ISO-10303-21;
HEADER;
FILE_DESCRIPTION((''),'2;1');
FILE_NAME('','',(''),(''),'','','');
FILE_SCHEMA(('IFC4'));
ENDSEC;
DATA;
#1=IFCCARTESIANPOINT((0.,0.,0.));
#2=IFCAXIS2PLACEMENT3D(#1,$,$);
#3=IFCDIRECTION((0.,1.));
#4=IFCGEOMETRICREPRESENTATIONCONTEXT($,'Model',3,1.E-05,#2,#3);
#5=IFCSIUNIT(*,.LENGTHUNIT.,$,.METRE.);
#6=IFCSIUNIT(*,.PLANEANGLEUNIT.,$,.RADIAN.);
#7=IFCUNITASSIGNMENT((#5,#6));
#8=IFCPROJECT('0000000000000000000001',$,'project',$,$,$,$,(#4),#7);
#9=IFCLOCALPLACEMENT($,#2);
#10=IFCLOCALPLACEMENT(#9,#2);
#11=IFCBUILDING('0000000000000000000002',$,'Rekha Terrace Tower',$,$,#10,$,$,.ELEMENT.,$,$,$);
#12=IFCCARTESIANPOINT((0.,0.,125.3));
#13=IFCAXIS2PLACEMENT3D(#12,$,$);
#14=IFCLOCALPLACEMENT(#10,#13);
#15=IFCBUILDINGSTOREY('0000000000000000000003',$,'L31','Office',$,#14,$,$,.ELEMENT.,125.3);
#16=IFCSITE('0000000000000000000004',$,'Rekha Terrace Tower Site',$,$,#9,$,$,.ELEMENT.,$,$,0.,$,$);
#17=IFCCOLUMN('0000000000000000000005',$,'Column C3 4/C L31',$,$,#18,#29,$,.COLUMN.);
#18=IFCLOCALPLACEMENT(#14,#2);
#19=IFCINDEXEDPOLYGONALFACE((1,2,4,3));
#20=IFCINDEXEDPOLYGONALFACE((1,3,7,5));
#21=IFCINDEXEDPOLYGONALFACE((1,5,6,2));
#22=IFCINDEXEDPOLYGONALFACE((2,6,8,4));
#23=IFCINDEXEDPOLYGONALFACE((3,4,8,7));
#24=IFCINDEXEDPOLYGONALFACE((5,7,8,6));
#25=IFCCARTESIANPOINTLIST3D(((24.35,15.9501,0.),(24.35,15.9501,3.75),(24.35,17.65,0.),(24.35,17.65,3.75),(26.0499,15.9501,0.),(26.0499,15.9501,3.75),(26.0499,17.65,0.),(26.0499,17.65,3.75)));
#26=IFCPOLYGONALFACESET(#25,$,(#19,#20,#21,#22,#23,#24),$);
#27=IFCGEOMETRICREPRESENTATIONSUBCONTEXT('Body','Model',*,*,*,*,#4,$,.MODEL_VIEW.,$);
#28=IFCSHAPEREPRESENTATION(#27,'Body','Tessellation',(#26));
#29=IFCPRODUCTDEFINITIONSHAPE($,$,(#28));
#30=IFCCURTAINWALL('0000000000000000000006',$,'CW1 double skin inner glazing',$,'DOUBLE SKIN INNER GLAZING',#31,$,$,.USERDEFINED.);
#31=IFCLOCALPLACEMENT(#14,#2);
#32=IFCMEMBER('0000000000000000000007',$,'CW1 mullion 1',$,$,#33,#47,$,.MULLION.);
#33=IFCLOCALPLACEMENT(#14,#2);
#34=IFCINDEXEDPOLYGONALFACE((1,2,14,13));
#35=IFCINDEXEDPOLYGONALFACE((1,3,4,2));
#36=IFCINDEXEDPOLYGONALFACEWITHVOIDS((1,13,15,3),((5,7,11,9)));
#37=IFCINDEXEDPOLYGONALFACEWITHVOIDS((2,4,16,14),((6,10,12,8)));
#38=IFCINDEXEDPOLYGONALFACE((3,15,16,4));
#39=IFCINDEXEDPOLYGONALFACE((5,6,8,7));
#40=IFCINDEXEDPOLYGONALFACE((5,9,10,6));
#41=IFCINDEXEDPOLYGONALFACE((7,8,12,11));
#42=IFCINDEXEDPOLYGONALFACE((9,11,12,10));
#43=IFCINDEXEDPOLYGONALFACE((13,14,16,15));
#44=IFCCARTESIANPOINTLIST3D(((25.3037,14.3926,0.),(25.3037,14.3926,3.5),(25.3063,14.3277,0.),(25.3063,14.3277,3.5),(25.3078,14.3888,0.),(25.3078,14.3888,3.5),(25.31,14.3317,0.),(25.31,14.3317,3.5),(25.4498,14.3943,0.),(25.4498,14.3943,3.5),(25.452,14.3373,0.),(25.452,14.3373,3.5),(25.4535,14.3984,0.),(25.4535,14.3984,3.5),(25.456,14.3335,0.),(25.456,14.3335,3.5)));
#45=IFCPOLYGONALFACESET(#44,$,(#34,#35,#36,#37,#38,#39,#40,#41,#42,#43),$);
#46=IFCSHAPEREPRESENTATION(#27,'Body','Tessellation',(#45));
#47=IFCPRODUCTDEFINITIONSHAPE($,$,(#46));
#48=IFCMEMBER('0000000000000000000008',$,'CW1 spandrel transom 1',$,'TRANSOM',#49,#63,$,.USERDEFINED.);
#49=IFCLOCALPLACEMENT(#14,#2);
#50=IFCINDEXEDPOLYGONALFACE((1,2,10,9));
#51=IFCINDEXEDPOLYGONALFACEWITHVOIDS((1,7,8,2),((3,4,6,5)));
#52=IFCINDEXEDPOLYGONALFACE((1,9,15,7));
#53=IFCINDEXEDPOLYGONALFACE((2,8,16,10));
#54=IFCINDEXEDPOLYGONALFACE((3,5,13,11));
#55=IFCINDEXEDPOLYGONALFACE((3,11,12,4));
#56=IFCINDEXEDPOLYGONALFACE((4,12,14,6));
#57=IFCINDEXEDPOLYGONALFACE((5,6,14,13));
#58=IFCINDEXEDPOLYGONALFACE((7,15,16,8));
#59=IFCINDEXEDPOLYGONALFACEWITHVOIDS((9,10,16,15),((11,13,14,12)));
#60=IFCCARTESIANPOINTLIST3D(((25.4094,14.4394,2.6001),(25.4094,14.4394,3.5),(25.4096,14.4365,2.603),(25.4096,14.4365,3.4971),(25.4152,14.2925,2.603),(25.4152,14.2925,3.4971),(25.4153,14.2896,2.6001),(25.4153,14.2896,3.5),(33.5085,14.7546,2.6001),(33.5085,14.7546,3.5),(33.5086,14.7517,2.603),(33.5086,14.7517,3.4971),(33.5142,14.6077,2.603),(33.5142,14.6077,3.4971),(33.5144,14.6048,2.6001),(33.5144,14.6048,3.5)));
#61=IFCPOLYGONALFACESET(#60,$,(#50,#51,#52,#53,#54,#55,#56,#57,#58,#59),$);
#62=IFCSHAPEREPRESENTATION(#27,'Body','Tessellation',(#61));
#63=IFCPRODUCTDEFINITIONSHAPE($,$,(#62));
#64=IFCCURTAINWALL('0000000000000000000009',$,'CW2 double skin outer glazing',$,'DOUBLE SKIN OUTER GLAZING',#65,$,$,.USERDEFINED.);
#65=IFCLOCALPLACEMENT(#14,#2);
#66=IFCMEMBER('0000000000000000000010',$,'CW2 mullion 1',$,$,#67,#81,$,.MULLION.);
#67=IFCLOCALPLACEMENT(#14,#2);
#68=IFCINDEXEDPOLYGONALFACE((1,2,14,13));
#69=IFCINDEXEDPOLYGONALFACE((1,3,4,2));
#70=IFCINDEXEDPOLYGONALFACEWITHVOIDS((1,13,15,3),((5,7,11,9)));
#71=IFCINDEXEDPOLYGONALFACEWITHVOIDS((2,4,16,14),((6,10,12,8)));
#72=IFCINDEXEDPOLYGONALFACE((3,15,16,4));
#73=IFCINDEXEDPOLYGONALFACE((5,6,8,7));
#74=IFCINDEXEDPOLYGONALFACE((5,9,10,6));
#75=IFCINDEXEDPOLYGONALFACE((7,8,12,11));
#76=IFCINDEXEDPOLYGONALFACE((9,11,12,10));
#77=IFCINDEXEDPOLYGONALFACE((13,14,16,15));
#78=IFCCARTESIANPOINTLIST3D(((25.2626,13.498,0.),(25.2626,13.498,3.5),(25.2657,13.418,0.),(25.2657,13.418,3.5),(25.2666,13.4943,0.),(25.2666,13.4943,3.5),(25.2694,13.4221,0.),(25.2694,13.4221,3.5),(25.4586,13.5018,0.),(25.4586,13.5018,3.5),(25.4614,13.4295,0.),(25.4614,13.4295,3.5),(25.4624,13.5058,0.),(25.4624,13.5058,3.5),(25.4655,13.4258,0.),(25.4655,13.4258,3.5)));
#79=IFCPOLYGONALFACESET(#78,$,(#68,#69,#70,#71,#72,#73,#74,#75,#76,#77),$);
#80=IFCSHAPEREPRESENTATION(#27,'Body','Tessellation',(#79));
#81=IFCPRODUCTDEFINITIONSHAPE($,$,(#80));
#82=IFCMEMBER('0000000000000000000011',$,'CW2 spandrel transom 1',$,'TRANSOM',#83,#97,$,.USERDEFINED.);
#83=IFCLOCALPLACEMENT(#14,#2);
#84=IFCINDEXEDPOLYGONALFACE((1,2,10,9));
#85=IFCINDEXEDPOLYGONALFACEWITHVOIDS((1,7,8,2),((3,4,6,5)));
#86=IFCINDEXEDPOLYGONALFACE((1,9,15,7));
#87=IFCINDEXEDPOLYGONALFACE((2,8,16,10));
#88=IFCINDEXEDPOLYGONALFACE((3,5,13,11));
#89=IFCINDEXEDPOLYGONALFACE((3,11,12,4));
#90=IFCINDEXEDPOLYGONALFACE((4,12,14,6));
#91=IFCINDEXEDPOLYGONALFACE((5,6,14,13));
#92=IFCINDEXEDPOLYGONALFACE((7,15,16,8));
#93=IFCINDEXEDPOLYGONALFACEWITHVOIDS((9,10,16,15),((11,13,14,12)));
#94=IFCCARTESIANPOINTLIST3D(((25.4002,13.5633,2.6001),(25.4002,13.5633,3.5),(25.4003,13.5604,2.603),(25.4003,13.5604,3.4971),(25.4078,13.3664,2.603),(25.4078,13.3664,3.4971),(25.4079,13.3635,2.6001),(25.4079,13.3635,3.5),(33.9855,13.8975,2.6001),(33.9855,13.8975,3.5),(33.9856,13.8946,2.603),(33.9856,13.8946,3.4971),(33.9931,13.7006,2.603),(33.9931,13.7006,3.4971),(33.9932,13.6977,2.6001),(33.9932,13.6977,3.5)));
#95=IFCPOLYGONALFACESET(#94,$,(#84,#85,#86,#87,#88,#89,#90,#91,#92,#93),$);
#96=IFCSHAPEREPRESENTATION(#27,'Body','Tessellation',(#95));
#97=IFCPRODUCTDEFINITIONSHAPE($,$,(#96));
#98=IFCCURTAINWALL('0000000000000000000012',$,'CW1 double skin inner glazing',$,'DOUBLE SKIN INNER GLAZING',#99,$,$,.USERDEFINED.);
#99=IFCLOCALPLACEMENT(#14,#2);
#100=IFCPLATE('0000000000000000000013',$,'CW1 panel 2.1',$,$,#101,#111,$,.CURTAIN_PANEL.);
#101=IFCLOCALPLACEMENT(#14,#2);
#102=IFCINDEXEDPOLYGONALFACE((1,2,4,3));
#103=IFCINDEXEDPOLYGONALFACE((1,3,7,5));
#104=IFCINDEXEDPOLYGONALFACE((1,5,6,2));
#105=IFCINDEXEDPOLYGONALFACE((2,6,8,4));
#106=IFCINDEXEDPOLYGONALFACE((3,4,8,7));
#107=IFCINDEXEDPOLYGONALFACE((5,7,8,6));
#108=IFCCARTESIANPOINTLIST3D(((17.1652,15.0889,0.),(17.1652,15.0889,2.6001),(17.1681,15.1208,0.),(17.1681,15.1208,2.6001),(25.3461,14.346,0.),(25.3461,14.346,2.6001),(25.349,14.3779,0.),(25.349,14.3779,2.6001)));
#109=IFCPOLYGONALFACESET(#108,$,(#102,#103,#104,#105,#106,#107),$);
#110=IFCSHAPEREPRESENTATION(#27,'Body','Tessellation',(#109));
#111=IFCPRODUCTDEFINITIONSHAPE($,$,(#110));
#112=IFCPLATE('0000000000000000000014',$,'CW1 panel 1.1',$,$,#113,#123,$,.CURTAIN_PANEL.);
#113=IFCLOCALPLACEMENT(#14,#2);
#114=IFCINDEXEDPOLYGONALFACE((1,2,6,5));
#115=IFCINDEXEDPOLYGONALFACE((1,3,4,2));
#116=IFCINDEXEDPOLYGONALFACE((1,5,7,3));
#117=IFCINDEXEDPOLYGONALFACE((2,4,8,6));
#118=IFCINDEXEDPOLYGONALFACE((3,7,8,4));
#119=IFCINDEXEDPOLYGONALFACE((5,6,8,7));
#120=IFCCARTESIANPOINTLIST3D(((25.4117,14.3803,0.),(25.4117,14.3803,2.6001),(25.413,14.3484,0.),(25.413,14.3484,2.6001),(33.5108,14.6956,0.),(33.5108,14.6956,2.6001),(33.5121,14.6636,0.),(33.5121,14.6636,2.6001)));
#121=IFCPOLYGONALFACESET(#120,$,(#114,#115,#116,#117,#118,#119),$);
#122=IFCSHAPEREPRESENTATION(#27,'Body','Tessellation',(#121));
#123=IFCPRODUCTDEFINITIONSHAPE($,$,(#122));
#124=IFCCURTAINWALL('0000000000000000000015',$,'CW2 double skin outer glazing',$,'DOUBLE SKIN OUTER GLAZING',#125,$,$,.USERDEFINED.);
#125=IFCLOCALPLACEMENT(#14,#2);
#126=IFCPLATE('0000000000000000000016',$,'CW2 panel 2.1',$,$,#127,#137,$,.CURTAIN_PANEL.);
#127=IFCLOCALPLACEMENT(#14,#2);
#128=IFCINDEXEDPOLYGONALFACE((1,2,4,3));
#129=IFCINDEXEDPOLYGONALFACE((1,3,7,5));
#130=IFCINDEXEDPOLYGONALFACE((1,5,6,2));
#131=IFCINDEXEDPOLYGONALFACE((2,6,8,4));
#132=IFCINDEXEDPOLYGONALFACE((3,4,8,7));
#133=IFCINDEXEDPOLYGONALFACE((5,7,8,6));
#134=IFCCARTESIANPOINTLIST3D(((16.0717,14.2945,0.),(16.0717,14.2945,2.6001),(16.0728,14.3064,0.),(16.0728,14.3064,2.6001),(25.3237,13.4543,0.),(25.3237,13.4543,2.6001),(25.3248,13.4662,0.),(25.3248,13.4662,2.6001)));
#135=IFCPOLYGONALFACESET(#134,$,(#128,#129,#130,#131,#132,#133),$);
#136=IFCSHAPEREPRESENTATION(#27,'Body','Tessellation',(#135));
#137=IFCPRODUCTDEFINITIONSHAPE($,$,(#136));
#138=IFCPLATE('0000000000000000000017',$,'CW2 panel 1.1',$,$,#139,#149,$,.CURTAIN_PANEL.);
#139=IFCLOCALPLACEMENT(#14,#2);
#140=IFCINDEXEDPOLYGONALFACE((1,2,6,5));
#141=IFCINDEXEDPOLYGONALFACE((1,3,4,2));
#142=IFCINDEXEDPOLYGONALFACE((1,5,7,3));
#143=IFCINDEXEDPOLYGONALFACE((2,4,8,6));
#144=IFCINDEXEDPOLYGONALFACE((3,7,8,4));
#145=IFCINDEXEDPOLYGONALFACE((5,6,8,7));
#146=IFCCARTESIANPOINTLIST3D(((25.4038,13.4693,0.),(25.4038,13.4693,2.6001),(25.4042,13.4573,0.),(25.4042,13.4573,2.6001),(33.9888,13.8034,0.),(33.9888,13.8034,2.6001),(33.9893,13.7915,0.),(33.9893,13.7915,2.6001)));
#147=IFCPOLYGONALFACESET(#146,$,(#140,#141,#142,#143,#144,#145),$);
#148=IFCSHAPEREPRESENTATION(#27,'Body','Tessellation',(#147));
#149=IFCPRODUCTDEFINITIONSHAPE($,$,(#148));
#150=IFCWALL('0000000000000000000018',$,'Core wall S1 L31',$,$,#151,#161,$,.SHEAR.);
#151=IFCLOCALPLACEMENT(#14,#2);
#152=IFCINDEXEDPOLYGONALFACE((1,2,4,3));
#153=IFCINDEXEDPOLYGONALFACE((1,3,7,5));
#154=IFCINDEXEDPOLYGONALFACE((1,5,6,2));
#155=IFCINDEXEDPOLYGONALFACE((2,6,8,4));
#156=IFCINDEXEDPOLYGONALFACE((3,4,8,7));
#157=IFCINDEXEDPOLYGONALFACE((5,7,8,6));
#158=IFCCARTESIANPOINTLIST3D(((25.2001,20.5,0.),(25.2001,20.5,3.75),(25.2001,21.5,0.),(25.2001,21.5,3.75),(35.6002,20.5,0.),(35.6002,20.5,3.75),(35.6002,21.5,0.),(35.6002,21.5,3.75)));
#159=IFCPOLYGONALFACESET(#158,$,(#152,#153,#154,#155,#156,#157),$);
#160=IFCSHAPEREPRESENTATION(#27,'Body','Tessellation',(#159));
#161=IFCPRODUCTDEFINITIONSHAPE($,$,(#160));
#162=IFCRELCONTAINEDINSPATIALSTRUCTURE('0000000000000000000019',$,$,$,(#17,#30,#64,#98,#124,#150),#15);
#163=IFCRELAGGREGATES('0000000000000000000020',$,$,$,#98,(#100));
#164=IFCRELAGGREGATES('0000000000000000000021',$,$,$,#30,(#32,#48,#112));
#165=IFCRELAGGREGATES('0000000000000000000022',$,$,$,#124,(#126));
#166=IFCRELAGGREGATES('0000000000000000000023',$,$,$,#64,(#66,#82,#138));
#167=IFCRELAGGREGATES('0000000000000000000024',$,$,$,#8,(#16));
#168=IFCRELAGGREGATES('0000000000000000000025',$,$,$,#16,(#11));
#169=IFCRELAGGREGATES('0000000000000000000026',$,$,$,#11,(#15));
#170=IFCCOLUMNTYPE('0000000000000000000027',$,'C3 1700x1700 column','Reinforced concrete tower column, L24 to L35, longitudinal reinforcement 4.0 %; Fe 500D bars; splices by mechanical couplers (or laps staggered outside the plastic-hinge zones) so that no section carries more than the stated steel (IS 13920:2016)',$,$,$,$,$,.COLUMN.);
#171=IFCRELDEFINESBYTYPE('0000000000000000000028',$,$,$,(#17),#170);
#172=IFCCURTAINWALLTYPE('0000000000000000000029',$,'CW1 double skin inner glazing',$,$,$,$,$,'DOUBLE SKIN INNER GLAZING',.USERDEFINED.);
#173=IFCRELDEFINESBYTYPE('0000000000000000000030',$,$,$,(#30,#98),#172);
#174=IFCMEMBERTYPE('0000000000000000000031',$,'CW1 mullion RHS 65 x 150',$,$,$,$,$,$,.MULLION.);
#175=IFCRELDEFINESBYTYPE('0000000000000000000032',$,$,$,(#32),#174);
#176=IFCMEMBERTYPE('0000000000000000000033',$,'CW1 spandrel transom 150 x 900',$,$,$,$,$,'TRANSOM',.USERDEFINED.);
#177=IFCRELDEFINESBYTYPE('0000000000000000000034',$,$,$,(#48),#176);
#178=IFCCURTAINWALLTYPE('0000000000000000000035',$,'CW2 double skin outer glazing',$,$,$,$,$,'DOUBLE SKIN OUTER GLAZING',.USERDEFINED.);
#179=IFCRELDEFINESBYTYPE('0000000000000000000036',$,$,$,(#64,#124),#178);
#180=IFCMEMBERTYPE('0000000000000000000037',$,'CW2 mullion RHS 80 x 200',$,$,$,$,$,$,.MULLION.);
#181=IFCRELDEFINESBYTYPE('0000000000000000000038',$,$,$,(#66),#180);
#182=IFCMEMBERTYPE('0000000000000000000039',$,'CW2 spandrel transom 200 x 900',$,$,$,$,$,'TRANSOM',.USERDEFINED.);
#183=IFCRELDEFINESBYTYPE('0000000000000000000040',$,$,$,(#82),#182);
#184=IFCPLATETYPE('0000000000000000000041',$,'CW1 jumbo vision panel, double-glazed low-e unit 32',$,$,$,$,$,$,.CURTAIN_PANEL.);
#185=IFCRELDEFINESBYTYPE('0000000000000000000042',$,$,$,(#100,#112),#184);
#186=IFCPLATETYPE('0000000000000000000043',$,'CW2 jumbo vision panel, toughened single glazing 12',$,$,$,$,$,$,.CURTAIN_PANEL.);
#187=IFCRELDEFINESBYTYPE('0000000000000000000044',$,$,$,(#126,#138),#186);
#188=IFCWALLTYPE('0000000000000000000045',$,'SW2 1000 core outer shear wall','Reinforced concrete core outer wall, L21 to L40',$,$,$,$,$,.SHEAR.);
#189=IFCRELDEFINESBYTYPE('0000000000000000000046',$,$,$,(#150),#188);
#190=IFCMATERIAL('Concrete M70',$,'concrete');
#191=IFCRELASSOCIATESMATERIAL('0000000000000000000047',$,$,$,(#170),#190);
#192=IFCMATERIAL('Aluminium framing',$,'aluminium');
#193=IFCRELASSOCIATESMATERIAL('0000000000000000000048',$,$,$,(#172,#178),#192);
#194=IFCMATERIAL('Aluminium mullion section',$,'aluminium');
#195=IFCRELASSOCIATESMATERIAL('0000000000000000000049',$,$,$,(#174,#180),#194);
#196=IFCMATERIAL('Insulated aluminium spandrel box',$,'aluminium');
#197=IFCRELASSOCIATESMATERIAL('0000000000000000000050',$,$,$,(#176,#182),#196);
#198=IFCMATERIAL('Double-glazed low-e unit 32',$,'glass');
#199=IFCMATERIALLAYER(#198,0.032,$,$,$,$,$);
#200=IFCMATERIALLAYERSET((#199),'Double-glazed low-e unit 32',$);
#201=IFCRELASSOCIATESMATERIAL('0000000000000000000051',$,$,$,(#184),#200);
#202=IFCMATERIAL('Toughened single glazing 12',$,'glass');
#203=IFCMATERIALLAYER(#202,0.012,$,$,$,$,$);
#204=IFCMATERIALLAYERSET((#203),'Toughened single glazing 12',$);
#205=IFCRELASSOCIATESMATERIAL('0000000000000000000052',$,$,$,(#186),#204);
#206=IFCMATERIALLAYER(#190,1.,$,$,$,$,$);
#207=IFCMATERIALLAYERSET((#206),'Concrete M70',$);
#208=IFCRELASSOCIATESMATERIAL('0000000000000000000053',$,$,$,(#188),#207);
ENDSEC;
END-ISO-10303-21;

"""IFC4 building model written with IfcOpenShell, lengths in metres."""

from ifc_helpers import new_model, si_unit, direction, frame, frame_2d, origin, origin_2d, place, context, subcontext, project, spatial, rectangle, hollow_rectangle, extrude, material, layer, layer_set, material_profile, profile_set, type_object, element, aggregate, save


model = new_model("IFC4")

# Units and contexts
model_context = context("Model", 3, precision=1e-05, world=origin(), true_north=direction((0.0, 1.0)))
body_context = subcontext(model_context, "Body", "Model", "MODEL_VIEW")
ifc_project = project(units=[si_unit("LENGTHUNIT", "METRE"), si_unit("PLANEANGLEUNIT", "RADIAN")], contexts=[model_context])

# Site, building, storey
site_placement = place(None, origin())
site = spatial("IfcSite", under=ifc_project, at=site_placement, Name="Rekha Terrace Tower Site", CompositionType="ELEMENT", RefElevation=0.0)
building_placement = place(site_placement, origin())
building = spatial("IfcBuilding", under=site, at=building_placement, Name="Rekha Terrace Tower", CompositionType="ELEMENT")
storey_placement = place(building_placement, frame((0.0, 0.0, 125.3)))
storey = spatial("IfcBuildingStorey", under=building, at=storey_placement, Name="L31", Description="Office", CompositionType="ELEMENT", Elevation=125.3)

# Column
ifc_material_1 = material(Name="Concrete M70", Category="concrete")
ifc_material_profile_1 = material_profile(ifc_material_1, rectangle(XDim=1.7, YDim=1.7, at=origin_2d()), Name="RC 1700x1700")
ifc_profile_set_1 = profile_set([ifc_material_profile_1], Name="Concrete M70")
column_type = type_object("IfcColumnType", Name="C3 1700x1700 column", Description="Reinforced concrete tower column, L24 to L35, longitudinal reinforcement 4.0 %; Fe 500D bars; splices by mechanical couplers (or laps staggered outside the plastic-hinge zones) so that no section carries more than the stated steel (IS 13920:2016)", PredefinedType="COLUMN", material=ifc_profile_set_1)
column_placement = place(storey_placement, frame((25.2, 16.8, 0.0), z_axis=(0.0, 0.0, 1.0), x_axis=(1.0, 0.0, 0.0)))
element("IfcColumn", 1, at=column_placement, inside=storey, type_object=column_type, Name="Column C3 4/C L31", PredefinedType="COLUMN", context=body_context, shape_type="SweptSolid", body=[
    extrude(rectangle(XDim=1.7, YDim=1.7, at=origin_2d()), origin(), (0.0, 0.0, 1.0), 3.75),
])

# Curtain walls, members
ifc_material_2 = material(Name="Aluminium framing", Category="aluminium")
curtain_wall_type_1 = type_object("IfcCurtainWallType", Name="CW1 double skin inner glazing", ElementType="DOUBLE SKIN INNER GLAZING", PredefinedType="USERDEFINED", material=ifc_material_2)
curtain_wall_1_placement = place(storey_placement, origin())
curtain_wall_1 = element("IfcCurtainWall", 2, at=curtain_wall_1_placement, inside=storey, type_object=curtain_wall_type_1, Name="CW1 double skin inner glazing", ObjectType="DOUBLE SKIN INNER GLAZING", PredefinedType="USERDEFINED")
ifc_material_3 = material(Name="Aluminium mullion section", Category="aluminium")
ifc_material_profile_2 = material_profile(ifc_material_3, hollow_rectangle(XDim=0.0649, YDim=0.1499, WallThickness=0.0039, at=origin_2d()), Name="AL RHS 65x150")
ifc_profile_set_2 = profile_set([ifc_material_profile_2], Name="Aluminium mullion section")
member_type_1 = type_object("IfcMemberType", Name="CW1 mullion RHS 65 x 150", PredefinedType="MULLION", material=ifc_profile_set_2)
member_1_placement = place(storey_placement, frame((25.3799, 14.363, 0.0), z_axis=(0.0, 0.0, 1.0), x_axis=(-0.03889, 0.999243, 0.0)))
member_1 = element("IfcMember", 3, at=member_1_placement, type_object=member_type_1, Name="CW1 mullion 1", PredefinedType="MULLION", context=body_context, shape_type="SweptSolid", body=[
    extrude(hollow_rectangle(XDim=0.0649, YDim=0.1499, WallThickness=0.0039, at=origin_2d()), origin(), (0.0, 0.0, 1.0), 3.5),
])
ifc_material_4 = material(Name="Insulated aluminium spandrel box", Category="aluminium")
ifc_material_profile_3 = material_profile(ifc_material_4, hollow_rectangle(XDim=0.1499, YDim=0.8999, WallThickness=0.0029, at=origin_2d()), Name="AL SPANDREL BOX 150x900")
ifc_profile_set_3 = profile_set([ifc_material_profile_3], Name="Insulated aluminium spandrel box")
member_type_2 = type_object("IfcMemberType", Name="CW1 spandrel transom 150 x 900", ElementType="TRANSOM", PredefinedType="USERDEFINED", material=ifc_profile_set_3)
member_2_placement = place(storey_placement, frame((25.4124, 14.3645, 3.05), z_axis=(0.999244, 0.038887, 0.0), x_axis=(-0.038887, 0.999244, 0.0)))
member_2 = element("IfcMember", 4, at=member_2_placement, type_object=member_type_2, Name="CW1 spandrel transom 1", ObjectType="TRANSOM", PredefinedType="USERDEFINED", context=body_context, shape_type="SweptSolid", body=[
    extrude(hollow_rectangle(XDim=0.1499, YDim=0.8999, WallThickness=0.0029, at=origin_2d()), origin(), (0.0, 0.0, 1.0), 8.1052),
])
curtain_wall_type_2 = type_object("IfcCurtainWallType", Name="CW2 double skin outer glazing", ElementType="DOUBLE SKIN OUTER GLAZING", PredefinedType="USERDEFINED", material=ifc_material_2)
curtain_wall_2_placement = place(storey_placement, origin())
curtain_wall_2 = element("IfcCurtainWall", 5, at=curtain_wall_2_placement, inside=storey, type_object=curtain_wall_type_2, Name="CW2 double skin outer glazing", ObjectType="DOUBLE SKIN OUTER GLAZING", PredefinedType="USERDEFINED")
ifc_material_profile_4 = material_profile(ifc_material_3, hollow_rectangle(XDim=0.0801, YDim=0.2, WallThickness=0.0039, at=origin_2d()), Name="AL RHS 80x200")
ifc_profile_set_4 = profile_set([ifc_material_profile_4], Name="Aluminium mullion section")
member_type_3 = type_object("IfcMemberType", Name="CW2 mullion RHS 80 x 200", PredefinedType="MULLION", material=ifc_profile_set_4)
member_3_placement = place(storey_placement, frame((25.364, 13.4619, 0.0), z_axis=(0.0, 0.0, 1.0), x_axis=(-0.03889, 0.999243, 0.0)))
member_3 = element("IfcMember", 6, at=member_3_placement, type_object=member_type_3, Name="CW2 mullion 1", PredefinedType="MULLION", context=body_context, shape_type="SweptSolid", body=[
    extrude(hollow_rectangle(XDim=0.0801, YDim=0.2, WallThickness=0.0039, at=origin_2d()), origin(), (0.0, 0.0, 1.0), 3.5),
])
ifc_material_profile_5 = material_profile(ifc_material_4, hollow_rectangle(XDim=0.2, YDim=0.8999, WallThickness=0.0029, at=origin_2d()), Name="AL SPANDREL BOX 200x900")
ifc_profile_set_5 = profile_set([ifc_material_profile_5], Name="Insulated aluminium spandrel box")
member_type_4 = type_object("IfcMemberType", Name="CW2 spandrel transom 200 x 900", ElementType="TRANSOM", PredefinedType="USERDEFINED", material=ifc_profile_set_5)
member_4_placement = place(storey_placement, frame((25.4041, 13.4634, 3.05), z_axis=(0.999243, 0.038901, 0.0), x_axis=(-0.038901, 0.999243, 0.0)))
member_4 = element("IfcMember", 7, at=member_4_placement, type_object=member_type_4, Name="CW2 spandrel transom 1", ObjectType="TRANSOM", PredefinedType="USERDEFINED", context=body_context, shape_type="SweptSolid", body=[
    extrude(hollow_rectangle(XDim=0.2, YDim=0.8999, WallThickness=0.0029, at=origin_2d()), origin(), (0.0, 0.0, 1.0), 8.5918),
])

# Curtain wall, plate
curtain_wall_3_placement = place(storey_placement, origin())
curtain_wall_3 = element("IfcCurtainWall", 8, at=curtain_wall_3_placement, inside=storey, type_object=curtain_wall_type_1, Name="CW1 double skin inner glazing", ObjectType="DOUBLE SKIN INNER GLAZING", PredefinedType="USERDEFINED")
ifc_material_5 = material(Name="Double-glazed low-e unit 32", Category="glass")
ifc_layer_1 = layer(ifc_material_5, 0.032)
ifc_layer_set_1 = layer_set([ifc_layer_1], Name="Double-glazed low-e unit 32")
plate_type_1 = type_object("IfcPlateType", Name="CW1 jumbo vision panel, double-glazed low-e unit 32", PredefinedType="CURTAIN_PANEL", material=ifc_layer_set_1)
plate_1_placement = place(storey_placement, frame((21.2571, 14.7334, 0.0), z_axis=(0.0, 0.0, 1.0), x_axis=(0.995902, -0.09044, 0.0)))
plate_1 = element("IfcPlate", 9, at=plate_1_placement, type_object=plate_type_1, Name="CW1 panel 2.1", PredefinedType="CURTAIN_PANEL", context=body_context, shape_type="SweptSolid", body=[
    extrude(rectangle(XDim=8.2146, YDim=0.032, at=origin_2d()), origin(), (0.0, 0.0, 1.0), 2.6001),
])
aggregate(curtain_wall_3, [plate_1])

# Plate
plate_2_placement = place(storey_placement, frame((29.4619, 14.522, 0.0), z_axis=(0.0, 0.0, 1.0), x_axis=(0.999243, 0.03889, 0.0)))
plate_2 = element("IfcPlate", 10, at=plate_2_placement, type_object=plate_type_1, Name="CW1 panel 1.1", PredefinedType="CURTAIN_PANEL", context=body_context, shape_type="SweptSolid", body=[
    extrude(rectangle(XDim=8.1052, YDim=0.032, at=origin_2d()), origin(), (0.0, 0.0, 1.0), 2.6001),
])
aggregate(curtain_wall_1, [member_1, member_2, plate_2])

# Curtain wall, plate
curtain_wall_4_placement = place(storey_placement, origin())
curtain_wall_4 = element("IfcCurtainWall", 11, at=curtain_wall_4_placement, inside=storey, type_object=curtain_wall_type_2, Name="CW2 double skin outer glazing", ObjectType="DOUBLE SKIN OUTER GLAZING", PredefinedType="USERDEFINED")
ifc_material_6 = material(Name="Toughened single glazing 12", Category="glass")
ifc_layer_2 = layer(ifc_material_6, 0.012)
ifc_layer_set_2 = layer_set([ifc_layer_2], Name="Toughened single glazing 12")
plate_type_2 = type_object("IfcPlateType", Name="CW2 jumbo vision panel, toughened single glazing 12", PredefinedType="CURTAIN_PANEL", material=ifc_layer_set_2)
plate_3_placement = place(storey_placement, frame((20.6982, 13.8804, 0.0), z_axis=(0.0, 0.0, 1.0), x_axis=(0.995902, -0.09044, 0.0)))
plate_3 = element("IfcPlate", 12, at=plate_3_placement, type_object=plate_type_2, Name="CW2 panel 2.1", PredefinedType="CURTAIN_PANEL", context=body_context, shape_type="SweptSolid", body=[
    extrude(rectangle(XDim=9.29, YDim=0.012, at=origin_2d()), origin(), (0.0, 0.0, 1.0), 2.6001),
])
aggregate(curtain_wall_4, [plate_3])

# Plate
plate_4_placement = place(storey_placement, frame((29.6965, 13.6304, 0.0), z_axis=(0.0, 0.0, 1.0), x_axis=(0.999243, 0.03889, 0.0)))
plate_4 = element("IfcPlate", 13, at=plate_4_placement, type_object=plate_type_2, Name="CW2 panel 1.1", PredefinedType="CURTAIN_PANEL", context=body_context, shape_type="SweptSolid", body=[
    extrude(rectangle(XDim=8.5916, YDim=0.012, at=origin_2d()), origin(), (0.0, 0.0, 1.0), 2.6001),
])
aggregate(curtain_wall_2, [member_3, member_4, plate_4])

# Wall
ifc_layer_3 = layer(ifc_material_1, 1.0)
ifc_layer_set_3 = layer_set([ifc_layer_3], Name="Concrete M70")
wall_type_1 = type_object("IfcWallType", Name="SW2 1000 core outer shear wall", Description="Reinforced concrete core outer wall, L21 to L40", PredefinedType="SHEAR", material=ifc_layer_set_3)
wall_1_placement = place(storey_placement, frame((25.2, 21.0, 0.0), z_axis=(0.0, 0.0, 1.0), x_axis=(1.0, 0.0, 0.0)))
element("IfcWall", 14, at=wall_1_placement, inside=storey, type_object=wall_type_1, Name="Core wall S1 L31", PredefinedType="SHEAR", context=body_context, shape_type="SweptSolid", body=[
    extrude(rectangle(XDim=10.4001, YDim=1.0, at=frame_2d((5.2002, 0.0))), origin(), (0.0, 0.0, 1.0), 3.75),
])

save(model, "model.ifc")
